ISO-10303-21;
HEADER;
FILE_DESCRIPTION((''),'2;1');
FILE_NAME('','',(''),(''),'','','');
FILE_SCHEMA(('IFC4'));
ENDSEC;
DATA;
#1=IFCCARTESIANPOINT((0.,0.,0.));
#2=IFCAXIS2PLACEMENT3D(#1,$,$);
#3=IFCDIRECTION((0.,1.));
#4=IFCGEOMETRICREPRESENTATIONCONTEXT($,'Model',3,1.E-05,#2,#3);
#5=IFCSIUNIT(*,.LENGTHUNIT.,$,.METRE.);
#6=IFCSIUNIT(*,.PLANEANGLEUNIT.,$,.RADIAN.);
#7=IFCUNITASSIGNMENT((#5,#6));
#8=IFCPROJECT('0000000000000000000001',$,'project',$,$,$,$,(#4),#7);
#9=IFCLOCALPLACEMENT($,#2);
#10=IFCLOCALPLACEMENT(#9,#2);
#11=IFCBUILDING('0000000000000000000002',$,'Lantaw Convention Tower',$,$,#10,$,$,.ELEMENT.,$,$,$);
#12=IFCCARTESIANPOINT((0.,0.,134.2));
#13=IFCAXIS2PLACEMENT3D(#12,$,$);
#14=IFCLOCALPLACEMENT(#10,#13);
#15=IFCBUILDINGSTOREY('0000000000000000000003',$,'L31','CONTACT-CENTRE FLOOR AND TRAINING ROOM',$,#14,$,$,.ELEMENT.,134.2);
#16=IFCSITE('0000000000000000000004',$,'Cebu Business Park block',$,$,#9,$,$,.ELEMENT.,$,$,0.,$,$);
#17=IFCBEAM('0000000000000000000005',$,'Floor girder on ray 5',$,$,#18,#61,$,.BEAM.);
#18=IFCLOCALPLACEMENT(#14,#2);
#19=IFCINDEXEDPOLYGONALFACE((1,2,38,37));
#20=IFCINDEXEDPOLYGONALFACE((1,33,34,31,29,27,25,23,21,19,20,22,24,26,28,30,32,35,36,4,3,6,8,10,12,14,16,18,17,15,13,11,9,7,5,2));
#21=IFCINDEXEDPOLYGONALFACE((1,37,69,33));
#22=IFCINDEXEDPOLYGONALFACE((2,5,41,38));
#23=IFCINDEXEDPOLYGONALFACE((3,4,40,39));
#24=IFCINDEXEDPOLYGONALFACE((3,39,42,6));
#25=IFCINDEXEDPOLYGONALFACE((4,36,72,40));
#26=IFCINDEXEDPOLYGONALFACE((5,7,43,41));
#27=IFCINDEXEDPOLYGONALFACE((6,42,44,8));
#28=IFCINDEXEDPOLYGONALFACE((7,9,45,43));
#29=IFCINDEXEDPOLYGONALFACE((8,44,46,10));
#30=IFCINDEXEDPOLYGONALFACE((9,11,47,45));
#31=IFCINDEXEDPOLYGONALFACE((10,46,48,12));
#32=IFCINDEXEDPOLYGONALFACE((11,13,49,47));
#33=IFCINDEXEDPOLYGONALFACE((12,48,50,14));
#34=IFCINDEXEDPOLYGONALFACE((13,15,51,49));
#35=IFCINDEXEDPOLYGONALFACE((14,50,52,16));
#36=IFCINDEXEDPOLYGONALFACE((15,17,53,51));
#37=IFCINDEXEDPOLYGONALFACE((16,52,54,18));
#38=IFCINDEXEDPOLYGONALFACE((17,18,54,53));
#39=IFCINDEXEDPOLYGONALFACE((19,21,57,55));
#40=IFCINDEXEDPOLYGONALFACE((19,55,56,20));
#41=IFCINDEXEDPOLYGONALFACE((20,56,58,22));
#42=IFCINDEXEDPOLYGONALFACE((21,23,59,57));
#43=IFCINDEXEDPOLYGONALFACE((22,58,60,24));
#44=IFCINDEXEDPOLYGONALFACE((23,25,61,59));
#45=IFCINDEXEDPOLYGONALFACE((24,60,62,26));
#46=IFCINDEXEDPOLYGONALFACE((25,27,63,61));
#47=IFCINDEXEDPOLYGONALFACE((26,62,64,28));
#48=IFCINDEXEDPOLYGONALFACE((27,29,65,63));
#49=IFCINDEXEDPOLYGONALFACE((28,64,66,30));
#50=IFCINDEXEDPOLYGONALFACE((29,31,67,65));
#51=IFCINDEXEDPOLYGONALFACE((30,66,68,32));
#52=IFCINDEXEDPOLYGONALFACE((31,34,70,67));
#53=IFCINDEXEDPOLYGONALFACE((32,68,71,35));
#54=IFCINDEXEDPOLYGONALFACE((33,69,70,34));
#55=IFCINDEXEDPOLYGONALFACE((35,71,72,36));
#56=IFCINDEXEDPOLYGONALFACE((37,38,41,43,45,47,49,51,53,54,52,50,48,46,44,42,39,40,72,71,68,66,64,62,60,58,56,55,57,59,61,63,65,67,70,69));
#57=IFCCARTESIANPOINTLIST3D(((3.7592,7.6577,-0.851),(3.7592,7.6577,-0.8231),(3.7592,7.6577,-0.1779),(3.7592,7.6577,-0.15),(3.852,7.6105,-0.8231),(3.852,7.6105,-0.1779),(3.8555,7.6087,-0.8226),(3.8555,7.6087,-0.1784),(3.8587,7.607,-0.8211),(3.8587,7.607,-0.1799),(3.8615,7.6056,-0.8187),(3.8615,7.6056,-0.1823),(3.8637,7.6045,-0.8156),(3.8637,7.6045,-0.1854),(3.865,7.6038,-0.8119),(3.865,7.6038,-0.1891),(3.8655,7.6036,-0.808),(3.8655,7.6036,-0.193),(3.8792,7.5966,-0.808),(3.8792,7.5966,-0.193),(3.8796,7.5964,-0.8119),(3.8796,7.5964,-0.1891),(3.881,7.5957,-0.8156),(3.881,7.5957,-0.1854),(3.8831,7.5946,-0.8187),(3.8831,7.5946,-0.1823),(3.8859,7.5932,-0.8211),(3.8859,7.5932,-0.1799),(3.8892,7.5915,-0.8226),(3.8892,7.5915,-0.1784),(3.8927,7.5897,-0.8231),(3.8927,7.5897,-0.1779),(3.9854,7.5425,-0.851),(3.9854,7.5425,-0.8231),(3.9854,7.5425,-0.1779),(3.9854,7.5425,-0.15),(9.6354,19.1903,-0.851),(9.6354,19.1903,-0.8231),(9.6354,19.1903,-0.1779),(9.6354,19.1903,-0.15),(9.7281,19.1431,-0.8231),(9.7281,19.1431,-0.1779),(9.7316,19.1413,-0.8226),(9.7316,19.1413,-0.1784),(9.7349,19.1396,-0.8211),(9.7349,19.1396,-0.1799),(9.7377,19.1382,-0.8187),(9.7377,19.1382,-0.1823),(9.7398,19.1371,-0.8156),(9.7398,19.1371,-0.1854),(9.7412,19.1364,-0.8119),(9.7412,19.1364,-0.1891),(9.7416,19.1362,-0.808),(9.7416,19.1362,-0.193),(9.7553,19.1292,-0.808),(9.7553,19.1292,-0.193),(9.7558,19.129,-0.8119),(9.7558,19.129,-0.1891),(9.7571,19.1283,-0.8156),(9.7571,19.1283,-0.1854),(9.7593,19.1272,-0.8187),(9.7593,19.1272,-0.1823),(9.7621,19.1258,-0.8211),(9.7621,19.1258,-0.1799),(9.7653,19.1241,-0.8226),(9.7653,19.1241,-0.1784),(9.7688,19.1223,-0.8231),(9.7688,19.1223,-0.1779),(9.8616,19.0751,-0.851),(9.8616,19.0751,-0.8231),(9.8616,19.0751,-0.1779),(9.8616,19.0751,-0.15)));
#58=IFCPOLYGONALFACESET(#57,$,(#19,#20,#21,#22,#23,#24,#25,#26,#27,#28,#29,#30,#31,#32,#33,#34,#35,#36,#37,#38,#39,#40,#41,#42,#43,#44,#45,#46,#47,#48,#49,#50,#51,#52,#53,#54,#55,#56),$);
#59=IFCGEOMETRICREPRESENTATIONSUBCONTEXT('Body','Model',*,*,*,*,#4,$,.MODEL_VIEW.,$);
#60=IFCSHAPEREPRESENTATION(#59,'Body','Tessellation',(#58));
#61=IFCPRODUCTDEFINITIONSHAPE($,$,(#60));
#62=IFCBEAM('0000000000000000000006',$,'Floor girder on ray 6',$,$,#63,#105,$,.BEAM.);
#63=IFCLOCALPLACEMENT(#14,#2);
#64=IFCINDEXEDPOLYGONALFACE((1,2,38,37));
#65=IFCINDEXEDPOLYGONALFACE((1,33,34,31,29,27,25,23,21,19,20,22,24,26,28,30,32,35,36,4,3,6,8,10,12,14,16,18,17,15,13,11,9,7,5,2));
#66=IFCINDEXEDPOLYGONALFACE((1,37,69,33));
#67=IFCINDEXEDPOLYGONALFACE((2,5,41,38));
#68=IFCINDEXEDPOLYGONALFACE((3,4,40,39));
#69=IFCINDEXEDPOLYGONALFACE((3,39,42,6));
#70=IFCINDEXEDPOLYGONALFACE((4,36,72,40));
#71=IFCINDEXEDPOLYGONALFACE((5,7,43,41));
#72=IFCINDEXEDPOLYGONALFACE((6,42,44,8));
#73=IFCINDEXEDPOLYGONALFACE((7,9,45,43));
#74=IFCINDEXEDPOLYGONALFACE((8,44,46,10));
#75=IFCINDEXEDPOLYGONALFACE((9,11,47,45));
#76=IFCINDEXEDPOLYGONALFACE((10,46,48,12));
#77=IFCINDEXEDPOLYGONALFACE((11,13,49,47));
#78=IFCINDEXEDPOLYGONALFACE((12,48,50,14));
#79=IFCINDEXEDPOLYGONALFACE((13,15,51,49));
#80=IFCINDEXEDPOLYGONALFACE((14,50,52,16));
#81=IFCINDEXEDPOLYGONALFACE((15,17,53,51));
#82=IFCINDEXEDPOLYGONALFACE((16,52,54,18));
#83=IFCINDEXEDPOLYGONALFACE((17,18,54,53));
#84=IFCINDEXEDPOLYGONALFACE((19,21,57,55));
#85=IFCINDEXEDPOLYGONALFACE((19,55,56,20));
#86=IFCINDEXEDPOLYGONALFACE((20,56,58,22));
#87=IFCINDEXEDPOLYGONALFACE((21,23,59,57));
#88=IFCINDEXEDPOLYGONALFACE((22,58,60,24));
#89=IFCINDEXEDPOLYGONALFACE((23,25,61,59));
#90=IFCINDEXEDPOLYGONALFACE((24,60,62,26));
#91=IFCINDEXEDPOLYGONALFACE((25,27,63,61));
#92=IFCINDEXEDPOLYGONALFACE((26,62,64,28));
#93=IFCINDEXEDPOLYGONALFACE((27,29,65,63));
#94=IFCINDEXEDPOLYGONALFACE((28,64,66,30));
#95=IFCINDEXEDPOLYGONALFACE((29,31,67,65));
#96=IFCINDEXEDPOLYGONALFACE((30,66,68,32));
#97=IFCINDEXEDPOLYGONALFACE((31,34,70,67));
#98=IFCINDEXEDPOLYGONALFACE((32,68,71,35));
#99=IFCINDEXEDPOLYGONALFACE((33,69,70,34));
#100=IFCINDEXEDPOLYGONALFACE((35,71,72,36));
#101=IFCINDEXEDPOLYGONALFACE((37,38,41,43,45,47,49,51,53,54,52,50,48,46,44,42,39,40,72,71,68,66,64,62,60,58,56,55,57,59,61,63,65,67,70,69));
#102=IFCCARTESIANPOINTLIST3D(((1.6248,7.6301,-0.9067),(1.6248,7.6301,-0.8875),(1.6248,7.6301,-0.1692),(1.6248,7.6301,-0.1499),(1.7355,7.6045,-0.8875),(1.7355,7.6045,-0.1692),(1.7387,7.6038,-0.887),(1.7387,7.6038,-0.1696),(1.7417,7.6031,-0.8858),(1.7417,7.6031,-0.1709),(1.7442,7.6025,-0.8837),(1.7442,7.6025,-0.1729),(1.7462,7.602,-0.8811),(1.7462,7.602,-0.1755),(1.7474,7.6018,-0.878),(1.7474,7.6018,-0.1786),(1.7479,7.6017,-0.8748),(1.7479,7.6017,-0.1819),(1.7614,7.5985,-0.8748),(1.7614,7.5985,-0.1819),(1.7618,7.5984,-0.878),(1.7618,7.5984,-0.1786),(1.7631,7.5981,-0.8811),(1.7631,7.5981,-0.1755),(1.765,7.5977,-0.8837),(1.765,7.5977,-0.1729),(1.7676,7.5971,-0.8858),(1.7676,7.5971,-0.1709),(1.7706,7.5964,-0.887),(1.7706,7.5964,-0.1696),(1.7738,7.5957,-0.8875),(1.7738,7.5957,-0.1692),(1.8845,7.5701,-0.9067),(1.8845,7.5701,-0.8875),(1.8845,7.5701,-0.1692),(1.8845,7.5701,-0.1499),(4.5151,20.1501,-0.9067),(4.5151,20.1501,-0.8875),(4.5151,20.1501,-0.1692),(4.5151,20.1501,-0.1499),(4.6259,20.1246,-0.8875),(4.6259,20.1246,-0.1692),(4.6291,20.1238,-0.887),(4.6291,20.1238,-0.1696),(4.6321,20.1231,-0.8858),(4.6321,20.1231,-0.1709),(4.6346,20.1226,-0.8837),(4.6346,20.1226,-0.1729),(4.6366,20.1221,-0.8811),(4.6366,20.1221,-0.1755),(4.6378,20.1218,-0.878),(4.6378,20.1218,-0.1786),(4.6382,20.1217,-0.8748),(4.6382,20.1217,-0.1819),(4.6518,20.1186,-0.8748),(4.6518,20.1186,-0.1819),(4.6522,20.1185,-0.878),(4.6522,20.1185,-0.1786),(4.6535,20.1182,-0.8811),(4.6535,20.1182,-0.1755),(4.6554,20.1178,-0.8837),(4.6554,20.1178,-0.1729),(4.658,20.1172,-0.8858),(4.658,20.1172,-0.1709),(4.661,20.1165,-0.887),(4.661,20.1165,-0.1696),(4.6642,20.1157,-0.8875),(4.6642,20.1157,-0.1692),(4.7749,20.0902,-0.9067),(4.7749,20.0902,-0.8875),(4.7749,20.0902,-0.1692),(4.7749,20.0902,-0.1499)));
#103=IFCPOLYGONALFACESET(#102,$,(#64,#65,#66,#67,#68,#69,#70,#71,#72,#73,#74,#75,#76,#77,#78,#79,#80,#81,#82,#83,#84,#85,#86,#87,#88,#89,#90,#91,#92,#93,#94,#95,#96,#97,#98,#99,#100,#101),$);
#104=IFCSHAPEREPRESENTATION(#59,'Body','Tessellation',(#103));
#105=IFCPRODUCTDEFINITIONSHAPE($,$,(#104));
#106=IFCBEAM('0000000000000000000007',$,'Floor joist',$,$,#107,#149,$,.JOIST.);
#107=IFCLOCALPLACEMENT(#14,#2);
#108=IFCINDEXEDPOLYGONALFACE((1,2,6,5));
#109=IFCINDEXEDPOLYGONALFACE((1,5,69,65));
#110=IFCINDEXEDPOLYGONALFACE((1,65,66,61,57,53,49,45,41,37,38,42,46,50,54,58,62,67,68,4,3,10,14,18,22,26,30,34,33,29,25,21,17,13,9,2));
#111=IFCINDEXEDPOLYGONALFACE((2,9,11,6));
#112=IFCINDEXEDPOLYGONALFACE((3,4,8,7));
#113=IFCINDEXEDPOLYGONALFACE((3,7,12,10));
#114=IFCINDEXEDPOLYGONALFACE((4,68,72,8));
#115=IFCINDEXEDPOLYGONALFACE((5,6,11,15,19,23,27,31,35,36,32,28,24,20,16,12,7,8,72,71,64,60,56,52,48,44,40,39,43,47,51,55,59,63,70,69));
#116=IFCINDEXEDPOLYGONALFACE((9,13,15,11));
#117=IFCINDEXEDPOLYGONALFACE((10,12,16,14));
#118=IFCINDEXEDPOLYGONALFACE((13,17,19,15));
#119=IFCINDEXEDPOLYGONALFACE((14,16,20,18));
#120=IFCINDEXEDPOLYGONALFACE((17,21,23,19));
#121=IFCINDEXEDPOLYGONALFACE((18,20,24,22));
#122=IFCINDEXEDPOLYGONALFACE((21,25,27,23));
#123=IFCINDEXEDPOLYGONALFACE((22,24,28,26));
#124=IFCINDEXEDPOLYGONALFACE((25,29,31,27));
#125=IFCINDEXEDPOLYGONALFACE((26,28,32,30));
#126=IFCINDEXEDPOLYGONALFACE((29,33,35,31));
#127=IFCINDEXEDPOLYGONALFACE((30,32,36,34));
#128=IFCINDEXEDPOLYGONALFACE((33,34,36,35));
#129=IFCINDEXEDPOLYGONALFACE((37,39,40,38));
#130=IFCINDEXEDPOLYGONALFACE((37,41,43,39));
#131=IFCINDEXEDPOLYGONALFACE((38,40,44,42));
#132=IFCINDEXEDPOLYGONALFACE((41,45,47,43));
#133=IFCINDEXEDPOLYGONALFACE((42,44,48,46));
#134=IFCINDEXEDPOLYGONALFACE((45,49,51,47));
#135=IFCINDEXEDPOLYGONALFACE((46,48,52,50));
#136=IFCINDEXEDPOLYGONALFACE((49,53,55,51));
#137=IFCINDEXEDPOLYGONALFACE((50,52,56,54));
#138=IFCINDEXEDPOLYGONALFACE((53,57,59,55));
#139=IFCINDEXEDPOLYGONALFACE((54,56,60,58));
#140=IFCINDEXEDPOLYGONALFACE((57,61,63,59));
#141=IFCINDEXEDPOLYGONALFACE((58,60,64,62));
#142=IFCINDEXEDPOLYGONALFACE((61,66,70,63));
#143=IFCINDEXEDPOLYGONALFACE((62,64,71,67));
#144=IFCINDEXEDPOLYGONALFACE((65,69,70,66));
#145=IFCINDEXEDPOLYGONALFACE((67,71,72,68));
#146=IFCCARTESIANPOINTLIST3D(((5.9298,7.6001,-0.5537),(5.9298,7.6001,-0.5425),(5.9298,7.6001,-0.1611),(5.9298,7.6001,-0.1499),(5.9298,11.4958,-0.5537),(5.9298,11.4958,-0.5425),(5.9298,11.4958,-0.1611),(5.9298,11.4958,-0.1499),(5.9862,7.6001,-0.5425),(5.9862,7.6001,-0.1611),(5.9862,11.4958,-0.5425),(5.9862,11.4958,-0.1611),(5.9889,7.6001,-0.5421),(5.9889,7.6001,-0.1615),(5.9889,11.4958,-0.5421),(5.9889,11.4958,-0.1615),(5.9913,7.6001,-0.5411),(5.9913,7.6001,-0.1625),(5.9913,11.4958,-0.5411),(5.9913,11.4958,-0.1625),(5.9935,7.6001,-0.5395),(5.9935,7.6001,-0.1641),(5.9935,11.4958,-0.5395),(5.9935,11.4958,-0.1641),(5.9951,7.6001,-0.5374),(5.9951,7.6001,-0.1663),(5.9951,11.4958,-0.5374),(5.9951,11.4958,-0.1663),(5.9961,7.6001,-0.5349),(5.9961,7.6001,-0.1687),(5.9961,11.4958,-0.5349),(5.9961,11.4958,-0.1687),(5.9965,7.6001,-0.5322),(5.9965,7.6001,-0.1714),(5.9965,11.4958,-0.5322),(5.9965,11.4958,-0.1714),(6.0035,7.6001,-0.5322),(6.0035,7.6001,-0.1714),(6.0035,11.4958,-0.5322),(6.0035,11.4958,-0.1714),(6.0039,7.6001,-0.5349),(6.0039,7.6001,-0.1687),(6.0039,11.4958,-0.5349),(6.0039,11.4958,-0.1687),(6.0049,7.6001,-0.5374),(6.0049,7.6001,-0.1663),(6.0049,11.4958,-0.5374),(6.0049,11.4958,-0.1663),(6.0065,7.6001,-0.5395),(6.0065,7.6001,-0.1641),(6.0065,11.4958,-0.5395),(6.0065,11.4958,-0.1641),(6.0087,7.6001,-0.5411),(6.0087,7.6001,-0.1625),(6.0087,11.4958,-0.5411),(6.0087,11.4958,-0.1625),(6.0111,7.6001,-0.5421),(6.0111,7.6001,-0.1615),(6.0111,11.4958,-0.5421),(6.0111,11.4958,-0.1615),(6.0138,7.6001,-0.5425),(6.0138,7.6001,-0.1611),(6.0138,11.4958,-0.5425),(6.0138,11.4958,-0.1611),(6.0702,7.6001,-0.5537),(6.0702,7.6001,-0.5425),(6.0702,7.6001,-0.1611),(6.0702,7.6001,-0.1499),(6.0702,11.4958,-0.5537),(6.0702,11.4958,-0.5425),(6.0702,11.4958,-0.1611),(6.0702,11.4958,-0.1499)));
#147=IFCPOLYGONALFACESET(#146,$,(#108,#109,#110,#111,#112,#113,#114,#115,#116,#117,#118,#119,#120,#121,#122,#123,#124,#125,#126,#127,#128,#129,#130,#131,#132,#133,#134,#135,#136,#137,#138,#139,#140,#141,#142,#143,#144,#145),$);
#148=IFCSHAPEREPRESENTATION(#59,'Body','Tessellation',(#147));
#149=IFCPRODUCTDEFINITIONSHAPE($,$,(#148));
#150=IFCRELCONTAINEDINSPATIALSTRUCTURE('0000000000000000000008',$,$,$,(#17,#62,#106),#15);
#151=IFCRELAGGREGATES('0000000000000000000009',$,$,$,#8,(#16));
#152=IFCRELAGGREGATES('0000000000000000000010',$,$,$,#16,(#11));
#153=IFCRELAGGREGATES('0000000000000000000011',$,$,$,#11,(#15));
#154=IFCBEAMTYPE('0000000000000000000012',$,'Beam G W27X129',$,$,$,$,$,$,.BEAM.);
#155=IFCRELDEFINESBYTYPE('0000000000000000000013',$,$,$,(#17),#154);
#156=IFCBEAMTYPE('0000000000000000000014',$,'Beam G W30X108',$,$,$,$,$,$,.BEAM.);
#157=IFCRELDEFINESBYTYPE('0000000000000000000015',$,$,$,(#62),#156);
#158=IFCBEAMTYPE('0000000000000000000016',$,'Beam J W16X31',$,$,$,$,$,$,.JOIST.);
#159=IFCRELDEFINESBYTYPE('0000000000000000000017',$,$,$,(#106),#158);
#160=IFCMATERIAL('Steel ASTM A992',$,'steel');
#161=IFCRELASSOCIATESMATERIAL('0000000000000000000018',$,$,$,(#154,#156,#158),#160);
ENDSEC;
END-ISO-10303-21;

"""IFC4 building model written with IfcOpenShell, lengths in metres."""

from ifc_helpers import new_model, si_unit, direction, frame, origin, origin_2d, place, context, subcontext, project, spatial, i_section, extrude, material, material_profile, profile_set, type_object, element, save


model = new_model("IFC4")

# Units and contexts
model_context = context("Model", 3, precision=1e-05, world=origin(), true_north=direction((0.0, 1.0)))
body_context = subcontext(model_context, "Body", "Model", "MODEL_VIEW")
ifc_project = project(units=[si_unit("LENGTHUNIT", "METRE"), si_unit("PLANEANGLEUNIT", "RADIAN")], contexts=[model_context])

# Site, building, storey
site_placement = place(None, origin())
site = spatial("IfcSite", under=ifc_project, at=site_placement, Name="Cebu Business Park block", CompositionType="ELEMENT", RefElevation=0.0)
building_placement = place(site_placement, origin())
building = spatial("IfcBuilding", under=site, at=building_placement, Name="Lantaw Convention Tower", CompositionType="ELEMENT")
storey_placement = place(building_placement, frame((0.0, 0.0, 134.2)))
storey = spatial("IfcBuildingStorey", under=building, at=storey_placement, Name="L31", Description="CONTACT-CENTRE FLOOR AND TRAINING ROOM", CompositionType="ELEMENT", Elevation=134.2)

# Beams
ifc_material_1 = material(Name="Steel ASTM A992", Category="steel")
ifc_material_profile_1 = material_profile(ifc_material_1, i_section(OverallWidth=0.2539, OverallDepth=0.7009, WebThickness=0.0154, FlangeThickness=0.0278, FilletRadius=0.0151, at=origin_2d()), Name="W27X129")
ifc_profile_set_1 = profile_set([ifc_material_profile_1], Name="Steel ASTM A992")
beam_type_1 = type_object("IfcBeamType", Name="Beam G W27X129", PredefinedType="BEAM", material=ifc_profile_set_1)
beam_1_placement = place(storey_placement, frame((3.8723, 7.6001, -0.5005), z_axis=(0.453991, 0.891006, 0.0), x_axis=(-0.891006, 0.453991, 0.0)))
element("IfcBeam", 1, at=beam_1_placement, inside=storey, type_object=beam_type_1, Name="Floor girder on ray 5", PredefinedType="BEAM", context=body_context, shape_type="SweptSolid", body=[
    extrude(i_section(OverallWidth=0.2539, OverallDepth=0.7009, WebThickness=0.0154, FlangeThickness=0.0278, FilletRadius=0.0151, at=origin_2d()), origin(), (0.0, 0.0, 1.0), 12.9434),
])
ifc_material_profile_2 = material_profile(ifc_material_1, i_section(OverallWidth=0.2666, OverallDepth=0.7568, WebThickness=0.0139, FlangeThickness=0.0193, FilletRadius=0.0127, at=origin_2d()), Name="W30X108")
ifc_profile_set_2 = profile_set([ifc_material_profile_2], Name="Steel ASTM A992")
beam_type_2 = type_object("IfcBeamType", Name="Beam G W30X108", PredefinedType="BEAM", material=ifc_profile_set_2)
beam_2_placement = place(storey_placement, frame((1.7546, 7.6001, -0.5283), z_axis=(0.224944, 0.974372, 0.0), x_axis=(-0.974372, 0.224944, 0.0)))
element("IfcBeam", 2, at=beam_2_placement, inside=storey, type_object=beam_type_2, Name="Floor girder on ray 6", PredefinedType="BEAM", context=body_context, shape_type="SweptSolid", body=[
    extrude(i_section(OverallWidth=0.2666, OverallDepth=0.7568, WebThickness=0.0139, FlangeThickness=0.0193, FilletRadius=0.0127, at=origin_2d()), origin(), (0.0, 0.0, 1.0), 12.8494),
])
ifc_material_profile_3 = material_profile(ifc_material_1, i_section(OverallWidth=0.1404, OverallDepth=0.4038, WebThickness=0.0071, FlangeThickness=0.0112, FilletRadius=0.0103, at=origin_2d()), Name="W16X31")
ifc_profile_set_3 = profile_set([ifc_material_profile_3], Name="Steel ASTM A992")
beam_type_3 = type_object("IfcBeamType", Name="Beam J W16X31", PredefinedType="JOIST", material=ifc_profile_set_3)
beam_3_placement = place(storey_placement, frame((6.0, 7.6001, -0.3518), z_axis=(0.0, 1.0, 0.0), x_axis=(-1.0, 0.0, 0.0)))
element("IfcBeam", 3, at=beam_3_placement, inside=storey, type_object=beam_type_3, Name="Floor joist", PredefinedType="JOIST", context=body_context, shape_type="SweptSolid", body=[
    extrude(i_section(OverallWidth=0.1404, OverallDepth=0.4038, WebThickness=0.0071, FlangeThickness=0.0112, FilletRadius=0.0103, at=origin_2d()), origin(), (0.0, 0.0, 1.0), 3.8958),
])

save(model, "model.ifc")
